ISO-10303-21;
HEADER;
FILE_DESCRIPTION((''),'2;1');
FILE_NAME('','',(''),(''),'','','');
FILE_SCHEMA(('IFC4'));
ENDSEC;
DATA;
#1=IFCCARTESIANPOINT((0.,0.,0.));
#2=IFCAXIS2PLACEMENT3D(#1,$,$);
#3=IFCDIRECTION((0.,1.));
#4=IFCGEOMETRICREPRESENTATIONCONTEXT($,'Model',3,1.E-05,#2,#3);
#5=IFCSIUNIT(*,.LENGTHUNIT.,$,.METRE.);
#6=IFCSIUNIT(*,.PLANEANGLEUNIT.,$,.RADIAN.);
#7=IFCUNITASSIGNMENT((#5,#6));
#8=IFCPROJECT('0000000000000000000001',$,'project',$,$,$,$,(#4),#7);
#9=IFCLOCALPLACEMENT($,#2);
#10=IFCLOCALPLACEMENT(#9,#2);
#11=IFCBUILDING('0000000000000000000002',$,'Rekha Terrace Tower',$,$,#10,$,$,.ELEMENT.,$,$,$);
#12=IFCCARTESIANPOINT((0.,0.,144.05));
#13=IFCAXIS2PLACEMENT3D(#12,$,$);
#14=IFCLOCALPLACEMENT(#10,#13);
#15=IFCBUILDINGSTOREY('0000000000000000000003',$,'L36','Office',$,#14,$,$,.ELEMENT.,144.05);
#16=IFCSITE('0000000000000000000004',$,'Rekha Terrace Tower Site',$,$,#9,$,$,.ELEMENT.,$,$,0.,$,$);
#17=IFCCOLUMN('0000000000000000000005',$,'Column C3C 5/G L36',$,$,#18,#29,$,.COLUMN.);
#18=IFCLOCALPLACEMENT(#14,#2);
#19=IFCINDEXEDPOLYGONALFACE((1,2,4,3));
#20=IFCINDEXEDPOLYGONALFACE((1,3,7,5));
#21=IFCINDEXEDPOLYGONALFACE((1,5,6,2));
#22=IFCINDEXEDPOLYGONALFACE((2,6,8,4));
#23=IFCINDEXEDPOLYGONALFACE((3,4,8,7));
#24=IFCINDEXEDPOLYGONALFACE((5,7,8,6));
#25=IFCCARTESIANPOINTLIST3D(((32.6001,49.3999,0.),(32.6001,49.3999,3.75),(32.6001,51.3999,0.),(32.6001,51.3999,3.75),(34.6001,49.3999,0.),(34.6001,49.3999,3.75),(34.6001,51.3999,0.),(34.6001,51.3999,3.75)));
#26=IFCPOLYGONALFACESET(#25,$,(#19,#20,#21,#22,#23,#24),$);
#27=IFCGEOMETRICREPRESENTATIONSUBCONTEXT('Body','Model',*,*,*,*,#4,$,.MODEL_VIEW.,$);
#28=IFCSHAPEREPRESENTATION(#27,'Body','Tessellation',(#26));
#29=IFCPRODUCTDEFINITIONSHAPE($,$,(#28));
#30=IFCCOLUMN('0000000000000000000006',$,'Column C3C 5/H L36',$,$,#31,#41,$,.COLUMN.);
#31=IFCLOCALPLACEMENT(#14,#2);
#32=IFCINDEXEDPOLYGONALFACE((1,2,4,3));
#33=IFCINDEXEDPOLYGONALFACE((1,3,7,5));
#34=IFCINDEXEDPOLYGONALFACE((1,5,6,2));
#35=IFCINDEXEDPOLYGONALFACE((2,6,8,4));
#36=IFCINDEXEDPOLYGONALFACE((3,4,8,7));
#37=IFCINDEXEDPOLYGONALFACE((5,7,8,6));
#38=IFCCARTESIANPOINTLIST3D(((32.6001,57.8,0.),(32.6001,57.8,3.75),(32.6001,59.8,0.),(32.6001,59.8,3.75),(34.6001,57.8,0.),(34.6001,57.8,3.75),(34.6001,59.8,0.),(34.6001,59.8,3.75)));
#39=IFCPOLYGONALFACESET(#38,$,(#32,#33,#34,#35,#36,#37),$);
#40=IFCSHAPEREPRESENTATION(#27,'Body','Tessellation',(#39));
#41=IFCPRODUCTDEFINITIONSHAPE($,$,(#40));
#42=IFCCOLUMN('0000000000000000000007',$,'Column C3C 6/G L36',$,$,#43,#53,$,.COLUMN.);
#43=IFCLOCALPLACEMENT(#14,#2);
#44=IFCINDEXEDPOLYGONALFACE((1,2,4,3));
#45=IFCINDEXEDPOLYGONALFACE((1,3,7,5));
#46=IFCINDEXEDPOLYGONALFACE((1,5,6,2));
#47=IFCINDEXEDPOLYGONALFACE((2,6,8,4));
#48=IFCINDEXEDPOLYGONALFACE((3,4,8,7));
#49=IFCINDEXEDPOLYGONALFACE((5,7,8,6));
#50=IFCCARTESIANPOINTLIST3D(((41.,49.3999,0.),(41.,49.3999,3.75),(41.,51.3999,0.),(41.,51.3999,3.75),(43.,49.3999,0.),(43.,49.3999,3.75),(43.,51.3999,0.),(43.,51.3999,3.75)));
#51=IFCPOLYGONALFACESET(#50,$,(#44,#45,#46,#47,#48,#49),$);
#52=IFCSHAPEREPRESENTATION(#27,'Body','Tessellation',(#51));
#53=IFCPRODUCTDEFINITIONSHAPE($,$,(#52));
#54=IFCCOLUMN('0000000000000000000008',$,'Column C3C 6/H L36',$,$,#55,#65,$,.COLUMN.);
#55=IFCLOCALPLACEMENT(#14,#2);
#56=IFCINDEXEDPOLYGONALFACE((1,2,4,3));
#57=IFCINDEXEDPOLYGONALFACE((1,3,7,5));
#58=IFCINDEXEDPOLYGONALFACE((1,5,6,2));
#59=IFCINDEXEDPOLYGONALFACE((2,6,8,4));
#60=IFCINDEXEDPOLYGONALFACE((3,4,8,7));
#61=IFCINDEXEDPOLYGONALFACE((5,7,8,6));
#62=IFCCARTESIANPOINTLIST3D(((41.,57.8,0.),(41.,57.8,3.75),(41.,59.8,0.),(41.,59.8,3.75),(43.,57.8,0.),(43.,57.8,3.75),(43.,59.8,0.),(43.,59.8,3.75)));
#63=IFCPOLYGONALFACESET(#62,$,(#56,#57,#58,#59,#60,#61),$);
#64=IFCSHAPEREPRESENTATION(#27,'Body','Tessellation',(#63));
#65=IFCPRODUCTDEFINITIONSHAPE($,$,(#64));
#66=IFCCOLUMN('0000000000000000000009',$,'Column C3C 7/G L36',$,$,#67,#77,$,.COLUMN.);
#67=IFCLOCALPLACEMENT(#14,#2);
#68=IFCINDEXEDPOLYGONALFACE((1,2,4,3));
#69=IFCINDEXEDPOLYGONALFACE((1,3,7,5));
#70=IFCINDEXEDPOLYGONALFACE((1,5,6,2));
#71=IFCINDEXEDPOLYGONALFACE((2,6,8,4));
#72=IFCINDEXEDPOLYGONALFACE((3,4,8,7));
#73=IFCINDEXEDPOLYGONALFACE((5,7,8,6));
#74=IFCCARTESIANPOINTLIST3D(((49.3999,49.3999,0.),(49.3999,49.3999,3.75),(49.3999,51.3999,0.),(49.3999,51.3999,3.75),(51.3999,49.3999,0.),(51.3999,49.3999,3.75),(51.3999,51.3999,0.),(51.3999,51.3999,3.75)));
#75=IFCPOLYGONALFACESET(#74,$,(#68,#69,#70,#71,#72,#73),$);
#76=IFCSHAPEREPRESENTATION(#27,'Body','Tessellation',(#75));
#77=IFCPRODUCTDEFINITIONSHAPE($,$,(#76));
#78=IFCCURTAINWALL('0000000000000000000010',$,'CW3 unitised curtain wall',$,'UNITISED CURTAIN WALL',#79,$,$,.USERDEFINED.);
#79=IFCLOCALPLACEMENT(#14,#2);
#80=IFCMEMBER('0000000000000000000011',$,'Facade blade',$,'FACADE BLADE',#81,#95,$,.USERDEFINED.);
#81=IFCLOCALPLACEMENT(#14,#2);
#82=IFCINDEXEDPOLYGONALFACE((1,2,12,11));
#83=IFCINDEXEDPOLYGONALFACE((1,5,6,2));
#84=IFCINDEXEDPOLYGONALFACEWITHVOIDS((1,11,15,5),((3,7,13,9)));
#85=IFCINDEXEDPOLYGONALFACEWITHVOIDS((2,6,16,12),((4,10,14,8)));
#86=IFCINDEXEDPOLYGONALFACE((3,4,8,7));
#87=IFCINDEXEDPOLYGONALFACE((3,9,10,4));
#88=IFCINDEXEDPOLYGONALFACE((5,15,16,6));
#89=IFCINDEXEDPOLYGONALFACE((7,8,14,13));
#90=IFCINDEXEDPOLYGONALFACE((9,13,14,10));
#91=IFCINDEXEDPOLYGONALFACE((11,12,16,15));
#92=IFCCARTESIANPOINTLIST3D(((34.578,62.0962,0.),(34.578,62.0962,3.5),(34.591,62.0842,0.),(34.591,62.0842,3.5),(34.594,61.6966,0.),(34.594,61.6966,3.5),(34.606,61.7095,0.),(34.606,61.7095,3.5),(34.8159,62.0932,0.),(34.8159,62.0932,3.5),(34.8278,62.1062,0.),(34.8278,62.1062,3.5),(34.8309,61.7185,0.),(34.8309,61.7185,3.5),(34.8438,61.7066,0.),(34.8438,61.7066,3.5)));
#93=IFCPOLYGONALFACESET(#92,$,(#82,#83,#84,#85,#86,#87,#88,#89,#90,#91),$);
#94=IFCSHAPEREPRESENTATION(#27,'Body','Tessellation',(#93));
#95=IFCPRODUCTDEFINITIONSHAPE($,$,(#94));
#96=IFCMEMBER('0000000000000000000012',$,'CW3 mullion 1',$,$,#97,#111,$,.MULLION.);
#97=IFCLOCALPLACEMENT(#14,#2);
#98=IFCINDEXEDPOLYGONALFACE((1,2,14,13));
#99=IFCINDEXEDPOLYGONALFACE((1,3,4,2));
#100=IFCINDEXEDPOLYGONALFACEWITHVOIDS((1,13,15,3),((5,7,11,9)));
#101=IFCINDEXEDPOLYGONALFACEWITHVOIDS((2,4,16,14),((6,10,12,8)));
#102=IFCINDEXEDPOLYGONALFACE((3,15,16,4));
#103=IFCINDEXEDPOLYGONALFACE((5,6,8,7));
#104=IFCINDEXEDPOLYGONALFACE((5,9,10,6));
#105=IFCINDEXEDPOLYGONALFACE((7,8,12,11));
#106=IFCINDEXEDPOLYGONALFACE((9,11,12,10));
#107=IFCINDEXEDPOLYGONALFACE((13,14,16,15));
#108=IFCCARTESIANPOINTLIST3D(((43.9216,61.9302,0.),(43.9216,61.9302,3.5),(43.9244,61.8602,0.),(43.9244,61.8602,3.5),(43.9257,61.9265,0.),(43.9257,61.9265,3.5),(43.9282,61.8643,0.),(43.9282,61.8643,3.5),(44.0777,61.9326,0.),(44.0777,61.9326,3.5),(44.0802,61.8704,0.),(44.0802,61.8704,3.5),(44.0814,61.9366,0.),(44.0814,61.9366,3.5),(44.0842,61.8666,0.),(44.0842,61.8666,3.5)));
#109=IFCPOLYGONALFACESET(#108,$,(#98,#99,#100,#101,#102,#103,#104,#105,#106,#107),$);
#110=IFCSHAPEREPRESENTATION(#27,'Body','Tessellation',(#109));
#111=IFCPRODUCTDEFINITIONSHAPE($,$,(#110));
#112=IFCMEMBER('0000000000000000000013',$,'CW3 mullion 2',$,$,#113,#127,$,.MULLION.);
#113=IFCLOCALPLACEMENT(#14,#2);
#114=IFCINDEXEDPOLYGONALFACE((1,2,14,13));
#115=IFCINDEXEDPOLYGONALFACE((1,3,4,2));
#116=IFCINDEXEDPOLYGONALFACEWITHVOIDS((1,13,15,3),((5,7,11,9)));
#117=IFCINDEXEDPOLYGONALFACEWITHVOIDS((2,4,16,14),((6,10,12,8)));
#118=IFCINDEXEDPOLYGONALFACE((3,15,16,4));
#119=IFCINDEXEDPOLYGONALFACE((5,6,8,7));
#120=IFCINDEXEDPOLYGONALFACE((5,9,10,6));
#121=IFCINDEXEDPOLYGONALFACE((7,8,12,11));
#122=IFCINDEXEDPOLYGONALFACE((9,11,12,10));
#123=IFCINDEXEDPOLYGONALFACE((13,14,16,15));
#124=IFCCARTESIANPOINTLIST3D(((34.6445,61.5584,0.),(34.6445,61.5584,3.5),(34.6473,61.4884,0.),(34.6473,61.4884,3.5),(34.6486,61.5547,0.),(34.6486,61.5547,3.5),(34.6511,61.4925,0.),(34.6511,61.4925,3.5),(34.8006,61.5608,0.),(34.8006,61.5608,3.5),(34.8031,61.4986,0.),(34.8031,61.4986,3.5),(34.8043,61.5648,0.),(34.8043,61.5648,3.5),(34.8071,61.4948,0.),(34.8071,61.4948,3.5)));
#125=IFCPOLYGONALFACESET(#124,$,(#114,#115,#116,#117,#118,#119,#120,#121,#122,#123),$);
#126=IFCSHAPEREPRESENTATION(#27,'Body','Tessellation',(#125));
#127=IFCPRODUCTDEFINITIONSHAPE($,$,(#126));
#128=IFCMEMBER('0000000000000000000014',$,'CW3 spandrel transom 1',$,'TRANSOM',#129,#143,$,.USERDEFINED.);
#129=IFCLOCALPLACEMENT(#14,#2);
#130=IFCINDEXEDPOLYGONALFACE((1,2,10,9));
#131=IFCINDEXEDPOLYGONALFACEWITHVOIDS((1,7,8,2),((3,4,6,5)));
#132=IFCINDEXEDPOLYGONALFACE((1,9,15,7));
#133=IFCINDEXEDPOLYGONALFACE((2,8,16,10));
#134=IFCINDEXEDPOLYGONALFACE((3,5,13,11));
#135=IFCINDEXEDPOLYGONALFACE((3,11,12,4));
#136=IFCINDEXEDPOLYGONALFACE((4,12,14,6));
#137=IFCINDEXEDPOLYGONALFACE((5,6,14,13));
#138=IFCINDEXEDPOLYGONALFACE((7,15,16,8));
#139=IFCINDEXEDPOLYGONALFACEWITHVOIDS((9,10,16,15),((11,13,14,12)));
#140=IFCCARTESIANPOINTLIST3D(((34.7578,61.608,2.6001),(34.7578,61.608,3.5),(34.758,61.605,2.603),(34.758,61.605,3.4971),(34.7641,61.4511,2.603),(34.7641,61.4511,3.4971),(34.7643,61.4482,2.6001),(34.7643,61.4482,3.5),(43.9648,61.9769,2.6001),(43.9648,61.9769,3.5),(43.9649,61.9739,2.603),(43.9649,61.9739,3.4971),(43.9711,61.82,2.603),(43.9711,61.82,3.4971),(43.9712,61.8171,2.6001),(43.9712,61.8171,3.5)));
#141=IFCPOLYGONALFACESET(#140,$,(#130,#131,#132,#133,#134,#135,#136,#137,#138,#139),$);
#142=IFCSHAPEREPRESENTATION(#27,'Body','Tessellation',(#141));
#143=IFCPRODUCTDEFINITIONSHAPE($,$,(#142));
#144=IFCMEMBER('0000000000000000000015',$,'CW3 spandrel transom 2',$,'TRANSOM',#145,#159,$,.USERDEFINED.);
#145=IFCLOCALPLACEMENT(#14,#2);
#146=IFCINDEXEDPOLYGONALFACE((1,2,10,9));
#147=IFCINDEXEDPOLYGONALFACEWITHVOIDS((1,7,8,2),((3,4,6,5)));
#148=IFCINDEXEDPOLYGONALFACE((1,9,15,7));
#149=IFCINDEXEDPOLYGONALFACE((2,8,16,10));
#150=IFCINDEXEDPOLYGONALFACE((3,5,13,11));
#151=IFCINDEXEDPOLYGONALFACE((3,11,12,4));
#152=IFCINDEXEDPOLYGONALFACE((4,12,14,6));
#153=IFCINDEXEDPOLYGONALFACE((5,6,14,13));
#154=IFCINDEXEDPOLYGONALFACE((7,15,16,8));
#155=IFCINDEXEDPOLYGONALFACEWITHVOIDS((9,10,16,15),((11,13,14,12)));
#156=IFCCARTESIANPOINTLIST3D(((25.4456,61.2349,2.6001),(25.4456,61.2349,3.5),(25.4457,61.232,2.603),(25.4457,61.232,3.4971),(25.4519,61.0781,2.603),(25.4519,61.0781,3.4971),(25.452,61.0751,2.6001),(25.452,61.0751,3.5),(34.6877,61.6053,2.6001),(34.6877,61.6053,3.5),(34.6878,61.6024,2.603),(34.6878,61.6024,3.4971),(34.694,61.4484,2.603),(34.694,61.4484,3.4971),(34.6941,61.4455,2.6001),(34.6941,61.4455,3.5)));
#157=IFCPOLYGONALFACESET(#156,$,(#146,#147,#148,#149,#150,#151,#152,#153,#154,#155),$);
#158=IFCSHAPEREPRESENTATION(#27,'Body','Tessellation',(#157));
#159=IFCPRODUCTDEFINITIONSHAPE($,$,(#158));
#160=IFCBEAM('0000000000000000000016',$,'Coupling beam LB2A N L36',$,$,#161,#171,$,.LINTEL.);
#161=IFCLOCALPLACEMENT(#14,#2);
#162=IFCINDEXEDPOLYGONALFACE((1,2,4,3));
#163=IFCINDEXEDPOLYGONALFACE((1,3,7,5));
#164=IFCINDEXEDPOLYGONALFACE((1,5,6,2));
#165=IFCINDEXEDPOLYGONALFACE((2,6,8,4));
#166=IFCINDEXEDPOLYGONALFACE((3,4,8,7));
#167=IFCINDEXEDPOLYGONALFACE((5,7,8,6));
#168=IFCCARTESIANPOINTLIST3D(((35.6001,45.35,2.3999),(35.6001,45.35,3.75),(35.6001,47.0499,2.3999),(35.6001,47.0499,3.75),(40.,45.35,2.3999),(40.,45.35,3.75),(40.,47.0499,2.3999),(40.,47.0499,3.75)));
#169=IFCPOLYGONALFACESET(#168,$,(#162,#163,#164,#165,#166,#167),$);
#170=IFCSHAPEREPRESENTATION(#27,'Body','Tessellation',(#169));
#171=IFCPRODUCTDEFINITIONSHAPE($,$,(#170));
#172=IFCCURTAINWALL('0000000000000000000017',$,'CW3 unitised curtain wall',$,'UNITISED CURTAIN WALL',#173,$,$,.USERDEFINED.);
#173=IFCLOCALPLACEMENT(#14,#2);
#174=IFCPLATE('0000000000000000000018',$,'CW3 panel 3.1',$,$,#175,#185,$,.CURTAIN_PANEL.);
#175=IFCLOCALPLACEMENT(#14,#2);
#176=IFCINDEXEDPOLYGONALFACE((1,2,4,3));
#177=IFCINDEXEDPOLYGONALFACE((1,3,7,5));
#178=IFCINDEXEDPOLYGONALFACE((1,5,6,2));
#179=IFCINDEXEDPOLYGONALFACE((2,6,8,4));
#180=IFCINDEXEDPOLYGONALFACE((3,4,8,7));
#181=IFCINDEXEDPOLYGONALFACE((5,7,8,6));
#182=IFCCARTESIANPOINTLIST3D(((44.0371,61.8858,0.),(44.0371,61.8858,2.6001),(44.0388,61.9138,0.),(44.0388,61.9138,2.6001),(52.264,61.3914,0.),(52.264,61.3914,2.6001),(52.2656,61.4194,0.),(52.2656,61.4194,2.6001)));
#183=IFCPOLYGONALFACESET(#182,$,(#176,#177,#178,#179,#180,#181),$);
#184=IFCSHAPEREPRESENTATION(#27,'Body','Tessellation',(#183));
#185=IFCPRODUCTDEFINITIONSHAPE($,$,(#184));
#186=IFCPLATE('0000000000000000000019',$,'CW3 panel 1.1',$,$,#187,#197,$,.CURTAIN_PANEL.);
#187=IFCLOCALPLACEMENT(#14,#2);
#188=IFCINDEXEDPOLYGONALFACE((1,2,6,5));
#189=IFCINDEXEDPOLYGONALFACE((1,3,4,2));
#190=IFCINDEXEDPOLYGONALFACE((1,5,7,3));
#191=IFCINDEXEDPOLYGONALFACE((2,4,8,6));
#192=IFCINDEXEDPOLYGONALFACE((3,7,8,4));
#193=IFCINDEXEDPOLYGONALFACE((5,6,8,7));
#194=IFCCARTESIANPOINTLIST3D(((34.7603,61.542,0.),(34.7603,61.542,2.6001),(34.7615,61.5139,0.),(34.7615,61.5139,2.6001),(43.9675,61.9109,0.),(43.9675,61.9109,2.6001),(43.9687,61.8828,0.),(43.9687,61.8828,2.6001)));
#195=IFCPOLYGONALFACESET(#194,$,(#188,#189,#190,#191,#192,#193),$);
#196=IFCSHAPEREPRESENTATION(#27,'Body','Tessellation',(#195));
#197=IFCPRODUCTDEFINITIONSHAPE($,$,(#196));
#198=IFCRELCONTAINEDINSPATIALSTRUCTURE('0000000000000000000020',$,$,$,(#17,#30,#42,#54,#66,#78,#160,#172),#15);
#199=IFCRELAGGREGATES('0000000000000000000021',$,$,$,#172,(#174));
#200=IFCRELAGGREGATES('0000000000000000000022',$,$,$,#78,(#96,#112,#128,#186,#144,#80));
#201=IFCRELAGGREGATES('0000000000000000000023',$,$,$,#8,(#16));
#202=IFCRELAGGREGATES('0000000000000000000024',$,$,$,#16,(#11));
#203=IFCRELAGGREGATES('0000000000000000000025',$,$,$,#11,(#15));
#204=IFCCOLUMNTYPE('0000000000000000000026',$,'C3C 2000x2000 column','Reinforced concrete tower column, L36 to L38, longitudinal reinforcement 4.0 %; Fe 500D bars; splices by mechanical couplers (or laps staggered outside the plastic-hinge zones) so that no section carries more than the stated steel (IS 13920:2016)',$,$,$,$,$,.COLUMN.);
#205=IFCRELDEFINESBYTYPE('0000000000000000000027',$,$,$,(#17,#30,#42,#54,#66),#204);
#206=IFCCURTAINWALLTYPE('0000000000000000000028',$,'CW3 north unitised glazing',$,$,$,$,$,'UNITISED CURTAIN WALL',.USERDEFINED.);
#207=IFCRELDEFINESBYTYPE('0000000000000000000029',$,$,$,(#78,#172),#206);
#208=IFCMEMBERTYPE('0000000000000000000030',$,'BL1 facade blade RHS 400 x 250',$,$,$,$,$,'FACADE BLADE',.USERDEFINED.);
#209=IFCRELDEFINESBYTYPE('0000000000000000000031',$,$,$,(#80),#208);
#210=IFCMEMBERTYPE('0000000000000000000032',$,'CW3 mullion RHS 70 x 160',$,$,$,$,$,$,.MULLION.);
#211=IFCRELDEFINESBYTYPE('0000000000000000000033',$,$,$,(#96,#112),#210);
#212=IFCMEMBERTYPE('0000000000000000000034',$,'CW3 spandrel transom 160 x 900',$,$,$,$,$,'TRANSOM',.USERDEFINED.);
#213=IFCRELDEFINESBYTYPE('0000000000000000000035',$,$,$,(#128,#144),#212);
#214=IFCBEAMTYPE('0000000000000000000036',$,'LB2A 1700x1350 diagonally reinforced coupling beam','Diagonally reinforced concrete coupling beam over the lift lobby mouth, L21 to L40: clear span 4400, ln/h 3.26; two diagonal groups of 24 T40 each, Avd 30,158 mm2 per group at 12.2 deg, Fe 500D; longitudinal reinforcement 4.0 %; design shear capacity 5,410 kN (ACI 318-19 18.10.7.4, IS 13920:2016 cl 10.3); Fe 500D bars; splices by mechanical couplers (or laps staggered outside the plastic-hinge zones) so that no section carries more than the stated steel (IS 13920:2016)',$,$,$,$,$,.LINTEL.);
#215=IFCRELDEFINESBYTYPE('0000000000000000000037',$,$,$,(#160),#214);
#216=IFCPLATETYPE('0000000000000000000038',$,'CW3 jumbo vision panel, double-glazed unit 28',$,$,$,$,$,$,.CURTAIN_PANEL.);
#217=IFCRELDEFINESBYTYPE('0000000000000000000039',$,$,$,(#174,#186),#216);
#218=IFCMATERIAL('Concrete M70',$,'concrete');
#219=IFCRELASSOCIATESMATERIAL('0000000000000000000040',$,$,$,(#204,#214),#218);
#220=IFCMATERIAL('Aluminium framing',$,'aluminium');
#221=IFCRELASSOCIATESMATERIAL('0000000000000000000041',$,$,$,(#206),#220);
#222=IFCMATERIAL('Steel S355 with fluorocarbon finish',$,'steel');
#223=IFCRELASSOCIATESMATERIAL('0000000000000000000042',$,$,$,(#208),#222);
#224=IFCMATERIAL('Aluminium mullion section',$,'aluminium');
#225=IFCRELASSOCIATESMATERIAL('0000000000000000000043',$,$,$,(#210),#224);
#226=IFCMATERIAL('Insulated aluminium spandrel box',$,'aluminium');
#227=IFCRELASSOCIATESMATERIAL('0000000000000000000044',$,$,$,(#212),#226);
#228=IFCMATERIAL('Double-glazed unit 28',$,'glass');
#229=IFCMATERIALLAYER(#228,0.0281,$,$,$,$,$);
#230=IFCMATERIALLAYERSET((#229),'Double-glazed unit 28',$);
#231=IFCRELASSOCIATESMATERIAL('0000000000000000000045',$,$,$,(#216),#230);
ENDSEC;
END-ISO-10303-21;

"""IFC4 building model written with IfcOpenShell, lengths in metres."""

from ifc_helpers import new_model, si_unit, direction, frame, origin, origin_2d, place, context, subcontext, project, spatial, rectangle, hollow_rectangle, extrude, material, layer, layer_set, material_profile, profile_set, type_object, element, aggregate, save


model = new_model("IFC4")

# Units and contexts
model_context = context("Model", 3, precision=1e-05, world=origin(), true_north=direction((0.0, 1.0)))
body_context = subcontext(model_context, "Body", "Model", "MODEL_VIEW")
ifc_project = project(units=[si_unit("LENGTHUNIT", "METRE"), si_unit("PLANEANGLEUNIT", "RADIAN")], contexts=[model_context])

# Site, building, storey
site_placement = place(None, origin())
site = spatial("IfcSite", under=ifc_project, at=site_placement, Name="Rekha Terrace Tower Site", CompositionType="ELEMENT", RefElevation=0.0)
building_placement = place(site_placement, origin())
building = spatial("IfcBuilding", under=site, at=building_placement, Name="Rekha Terrace Tower", CompositionType="ELEMENT")
storey_placement = place(building_placement, frame((0.0, 0.0, 144.05)))
storey = spatial("IfcBuildingStorey", under=building, at=storey_placement, Name="L36", Description="Office", CompositionType="ELEMENT", Elevation=144.05)

# Columns
ifc_material_1 = material(Name="Concrete M70", Category="concrete")
ifc_material_profile_1 = material_profile(ifc_material_1, rectangle(XDim=2.0, YDim=2.0, at=origin_2d()), Name="RC 2000x2000")
ifc_profile_set_1 = profile_set([ifc_material_profile_1], Name="Concrete M70")
column_type = type_object("IfcColumnType", Name="C3C 2000x2000 column", Description="Reinforced concrete tower column, L36 to L38, longitudinal reinforcement 4.0 %; Fe 500D bars; splices by mechanical couplers (or laps staggered outside the plastic-hinge zones) so that no section carries more than the stated steel (IS 13920:2016)", PredefinedType="COLUMN", material=ifc_profile_set_1)
for number, where, z_axis, x_axis, name in (
    (1, (33.6001, 50.3999, 0.0), (0.0, 0.0, 1.0), (1.0, 0.0, 0.0), "Column C3C 5/G L36"),
    (2, (33.6001, 58.8, 0.0), (0.0, 0.0, 1.0), (1.0, 0.0, 0.0), "Column C3C 5/H L36"),
    (3, (42.0, 50.3999, 0.0), (0.0, 0.0, 1.0), (1.0, 0.0, 0.0), "Column C3C 6/G L36"),
    (4, (42.0, 58.8, 0.0), (0.0, 0.0, 1.0), (1.0, 0.0, 0.0), "Column C3C 6/H L36"),
    (5, (50.3999, 50.3999, 0.0), (0.0, 0.0, 1.0), (1.0, 0.0, 0.0), "Column C3C 7/G L36"),
):
    element("IfcColumn", number, at=place(storey_placement, frame(where, z_axis=z_axis, x_axis=x_axis)), inside=storey, type_object=column_type, Name=name, PredefinedType="COLUMN", context=body_context, shape_type="SweptSolid", body=[
        extrude(rectangle(XDim=2.0, YDim=2.0, at=origin_2d()), origin(), (0.0, 0.0, 1.0), 3.75),
    ])

# Curtain wall, members
ifc_material_2 = material(Name="Aluminium framing", Category="aluminium")
curtain_wall_type = type_object("IfcCurtainWallType", Name="CW3 north unitised glazing", ElementType="UNITISED CURTAIN WALL", PredefinedType="USERDEFINED", material=ifc_material_2)
curtain_wall_1_placement = place(storey_placement, origin())
curtain_wall_1 = element("IfcCurtainWall", 6, at=curtain_wall_1_placement, inside=storey, type_object=curtain_wall_type, Name="CW3 unitised curtain wall", ObjectType="UNITISED CURTAIN WALL", PredefinedType="USERDEFINED")
ifc_material_3 = material(Name="Steel S355 with fluorocarbon finish", Category="steel")
ifc_material_profile_2 = material_profile(ifc_material_3, hollow_rectangle(XDim=0.25, YDim=0.3999, WallThickness=0.0125, at=origin_2d()), Name="RHS400x250x12.5")
ifc_profile_set_2 = profile_set([ifc_material_profile_2], Name="Steel S355 with fluorocarbon finish")
member_type_1 = type_object("IfcMemberType", Name="BL1 facade blade RHS 400 x 250", ElementType="FACADE BLADE", PredefinedType="USERDEFINED", material=ifc_profile_set_2)
member_1_placement = place(storey_placement, frame((34.7109, 61.9014, 0.0), z_axis=(0.0, 0.0, 1.0), x_axis=(-0.999198, -0.040032, 0.0)))
member_1 = element("IfcMember", 7, at=member_1_placement, type_object=member_type_1, Name="Facade blade", ObjectType="FACADE BLADE", PredefinedType="USERDEFINED", context=body_context, shape_type="SweptSolid", body=[
    extrude(hollow_rectangle(XDim=0.25, YDim=0.3999, WallThickness=0.0125, at=origin_2d()), origin(), (0.0, 0.0, 1.0), 3.5),
])
ifc_material_4 = material(Name="Aluminium mullion section", Category="aluminium")
ifc_material_profile_3 = material_profile(ifc_material_4, hollow_rectangle(XDim=0.0701, YDim=0.1599, WallThickness=0.0039, at=origin_2d()), Name="AL RHS 70x160")
ifc_profile_set_3 = profile_set([ifc_material_profile_3], Name="Aluminium mullion section")
member_type_2 = type_object("IfcMemberType", Name="CW3 mullion RHS 70 x 160", PredefinedType="MULLION", material=ifc_profile_set_3)
member_2_placement = place(storey_placement, frame((44.0029, 61.8984, 0.0), z_axis=(0.0, 0.0, 1.0), x_axis=(0.040032, -0.999198, 0.0)))
member_2 = element("IfcMember", 8, at=member_2_placement, type_object=member_type_2, Name="CW3 mullion 1", PredefinedType="MULLION", context=body_context, shape_type="SweptSolid", body=[
    extrude(hollow_rectangle(XDim=0.0701, YDim=0.1599, WallThickness=0.0039, at=origin_2d()), origin(), (0.0, 0.0, 1.0), 3.5),
])
member_3_placement = place(storey_placement, frame((34.7258, 61.5266, 0.0), z_axis=(0.0, 0.0, 1.0), x_axis=(0.040032, -0.999198, 0.0)))
member_3 = element("IfcMember", 9, at=member_3_placement, type_object=member_type_2, Name="CW3 mullion 2", PredefinedType="MULLION", context=body_context, shape_type="SweptSolid", body=[
    extrude(hollow_rectangle(XDim=0.0701, YDim=0.1599, WallThickness=0.0039, at=origin_2d()), origin(), (0.0, 0.0, 1.0), 3.5),
])
ifc_material_5 = material(Name="Insulated aluminium spandrel box", Category="aluminium")
ifc_material_profile_4 = material_profile(ifc_material_5, hollow_rectangle(XDim=0.1599, YDim=0.8999, WallThickness=0.0029, at=origin_2d()), Name="AL SPANDREL BOX 160x900")
ifc_profile_set_4 = profile_set([ifc_material_profile_4], Name="Insulated aluminium spandrel box")
member_type_3 = type_object("IfcMemberType", Name="CW3 spandrel transom 160 x 900", ElementType="TRANSOM", PredefinedType="USERDEFINED", material=ifc_profile_set_4)
member_4_placement = place(storey_placement, frame((43.968, 61.897, 3.05), z_axis=(-0.999198, -0.040035, 0.0), x_axis=(0.040035, -0.999198, 0.0)))
member_4 = element("IfcMember", 10, at=member_4_placement, type_object=member_type_3, Name="CW3 spandrel transom 1", ObjectType="TRANSOM", PredefinedType="USERDEFINED", context=body_context, shape_type="SweptSolid", body=[
    extrude(hollow_rectangle(XDim=0.1599, YDim=0.8999, WallThickness=0.0029, at=origin_2d()), origin(), (0.0, 0.0, 1.0), 9.2144),
])
member_5_placement = place(storey_placement, frame((34.6909, 61.5254, 3.05), z_axis=(-0.999198, -0.040041, 0.0), x_axis=(0.040041, -0.999198, 0.0)))
member_5 = element("IfcMember", 11, at=member_5_placement, type_object=member_type_3, Name="CW3 spandrel transom 2", ObjectType="TRANSOM", PredefinedType="USERDEFINED", context=body_context, shape_type="SweptSolid", body=[
    extrude(hollow_rectangle(XDim=0.1599, YDim=0.8999, WallThickness=0.0029, at=origin_2d()), origin(), (0.0, 0.0, 1.0), 9.2495),
])

# Beam
ifc_material_profile_5 = material_profile(ifc_material_1, rectangle(XDim=1.7, YDim=1.3501, at=origin_2d()), Name="RC 1700x1350")
ifc_profile_set_5 = profile_set([ifc_material_profile_5], Name="Concrete M70")
beam_type = type_object("IfcBeamType", Name="LB2A 1700x1350 diagonally reinforced coupling beam", Description="Diagonally reinforced concrete coupling beam over the lift lobby mouth, L21 to L40: clear span 4400, ln/h 3.26; two diagonal groups of 24 T40 each, Avd 30,158 mm2 per group at 12.2 deg, Fe 500D; longitudinal reinforcement 4.0 %; design shear capacity 5,410 kN (ACI 318-19 18.10.7.4, IS 13920:2016 cl 10.3); Fe 500D bars; splices by mechanical couplers (or laps staggered outside the plastic-hinge zones) so that no section carries more than the stated steel (IS 13920:2016)", PredefinedType="LINTEL", material=ifc_profile_set_5)
beam_placement = place(storey_placement, frame((35.6001, 46.2, 3.075), z_axis=(1.0, 0.0, 0.0), x_axis=(0.0, 1.0, 0.0)))
element("IfcBeam", 12, at=beam_placement, inside=storey, type_object=beam_type, Name="Coupling beam LB2A N L36", PredefinedType="LINTEL", context=body_context, shape_type="SweptSolid", body=[
    extrude(rectangle(XDim=1.7, YDim=1.3501, at=origin_2d()), origin(), (0.0, 0.0, 1.0), 4.3999),
])

# Curtain wall, plate
curtain_wall_2_placement = place(storey_placement, origin())
curtain_wall_2 = element("IfcCurtainWall", 13, at=curtain_wall_2_placement, inside=storey, type_object=curtain_wall_type, Name="CW3 unitised curtain wall", ObjectType="UNITISED CURTAIN WALL", PredefinedType="USERDEFINED")
ifc_material_6 = material(Name="Double-glazed unit 28", Category="glass")
ifc_layer_1 = layer(ifc_material_6, 0.0281)
ifc_layer_set_1 = layer_set([ifc_layer_1], Name="Double-glazed unit 28")
plate_type = type_object("IfcPlateType", Name="CW3 jumbo vision panel, double-glazed unit 28", PredefinedType="CURTAIN_PANEL", material=ifc_layer_set_1)
plate_1_placement = place(storey_placement, frame((48.1514, 61.6526, 0.0), z_axis=(0.0, 0.0, 1.0), x_axis=(-0.998199, 0.059988, 0.0)))
plate_1 = element("IfcPlate", 14, at=plate_1_placement, type_object=plate_type, Name="CW3 panel 3.1", PredefinedType="CURTAIN_PANEL", context=body_context, shape_type="SweptSolid", body=[
    extrude(rectangle(XDim=8.2417, YDim=0.0281, at=origin_2d()), origin(), (0.0, 0.0, 1.0), 2.6001),
])
aggregate(curtain_wall_2, [plate_1])

# Plate
plate_2_placement = place(storey_placement, frame((39.3645, 61.7124, 0.0), z_axis=(0.0, 0.0, 1.0), x_axis=(-0.999198, -0.040032, 0.0)))
plate_2 = element("IfcPlate", 15, at=plate_2_placement, type_object=plate_type, Name="CW3 panel 1.1", PredefinedType="CURTAIN_PANEL", context=body_context, shape_type="SweptSolid", body=[
    extrude(rectangle(XDim=9.2146, YDim=0.0281, at=origin_2d()), origin(), (0.0, 0.0, 1.0), 2.6001),
])
aggregate(curtain_wall_1, [member_2, member_3, member_4, plate_2, member_5, member_1])

save(model, "model.ifc")
